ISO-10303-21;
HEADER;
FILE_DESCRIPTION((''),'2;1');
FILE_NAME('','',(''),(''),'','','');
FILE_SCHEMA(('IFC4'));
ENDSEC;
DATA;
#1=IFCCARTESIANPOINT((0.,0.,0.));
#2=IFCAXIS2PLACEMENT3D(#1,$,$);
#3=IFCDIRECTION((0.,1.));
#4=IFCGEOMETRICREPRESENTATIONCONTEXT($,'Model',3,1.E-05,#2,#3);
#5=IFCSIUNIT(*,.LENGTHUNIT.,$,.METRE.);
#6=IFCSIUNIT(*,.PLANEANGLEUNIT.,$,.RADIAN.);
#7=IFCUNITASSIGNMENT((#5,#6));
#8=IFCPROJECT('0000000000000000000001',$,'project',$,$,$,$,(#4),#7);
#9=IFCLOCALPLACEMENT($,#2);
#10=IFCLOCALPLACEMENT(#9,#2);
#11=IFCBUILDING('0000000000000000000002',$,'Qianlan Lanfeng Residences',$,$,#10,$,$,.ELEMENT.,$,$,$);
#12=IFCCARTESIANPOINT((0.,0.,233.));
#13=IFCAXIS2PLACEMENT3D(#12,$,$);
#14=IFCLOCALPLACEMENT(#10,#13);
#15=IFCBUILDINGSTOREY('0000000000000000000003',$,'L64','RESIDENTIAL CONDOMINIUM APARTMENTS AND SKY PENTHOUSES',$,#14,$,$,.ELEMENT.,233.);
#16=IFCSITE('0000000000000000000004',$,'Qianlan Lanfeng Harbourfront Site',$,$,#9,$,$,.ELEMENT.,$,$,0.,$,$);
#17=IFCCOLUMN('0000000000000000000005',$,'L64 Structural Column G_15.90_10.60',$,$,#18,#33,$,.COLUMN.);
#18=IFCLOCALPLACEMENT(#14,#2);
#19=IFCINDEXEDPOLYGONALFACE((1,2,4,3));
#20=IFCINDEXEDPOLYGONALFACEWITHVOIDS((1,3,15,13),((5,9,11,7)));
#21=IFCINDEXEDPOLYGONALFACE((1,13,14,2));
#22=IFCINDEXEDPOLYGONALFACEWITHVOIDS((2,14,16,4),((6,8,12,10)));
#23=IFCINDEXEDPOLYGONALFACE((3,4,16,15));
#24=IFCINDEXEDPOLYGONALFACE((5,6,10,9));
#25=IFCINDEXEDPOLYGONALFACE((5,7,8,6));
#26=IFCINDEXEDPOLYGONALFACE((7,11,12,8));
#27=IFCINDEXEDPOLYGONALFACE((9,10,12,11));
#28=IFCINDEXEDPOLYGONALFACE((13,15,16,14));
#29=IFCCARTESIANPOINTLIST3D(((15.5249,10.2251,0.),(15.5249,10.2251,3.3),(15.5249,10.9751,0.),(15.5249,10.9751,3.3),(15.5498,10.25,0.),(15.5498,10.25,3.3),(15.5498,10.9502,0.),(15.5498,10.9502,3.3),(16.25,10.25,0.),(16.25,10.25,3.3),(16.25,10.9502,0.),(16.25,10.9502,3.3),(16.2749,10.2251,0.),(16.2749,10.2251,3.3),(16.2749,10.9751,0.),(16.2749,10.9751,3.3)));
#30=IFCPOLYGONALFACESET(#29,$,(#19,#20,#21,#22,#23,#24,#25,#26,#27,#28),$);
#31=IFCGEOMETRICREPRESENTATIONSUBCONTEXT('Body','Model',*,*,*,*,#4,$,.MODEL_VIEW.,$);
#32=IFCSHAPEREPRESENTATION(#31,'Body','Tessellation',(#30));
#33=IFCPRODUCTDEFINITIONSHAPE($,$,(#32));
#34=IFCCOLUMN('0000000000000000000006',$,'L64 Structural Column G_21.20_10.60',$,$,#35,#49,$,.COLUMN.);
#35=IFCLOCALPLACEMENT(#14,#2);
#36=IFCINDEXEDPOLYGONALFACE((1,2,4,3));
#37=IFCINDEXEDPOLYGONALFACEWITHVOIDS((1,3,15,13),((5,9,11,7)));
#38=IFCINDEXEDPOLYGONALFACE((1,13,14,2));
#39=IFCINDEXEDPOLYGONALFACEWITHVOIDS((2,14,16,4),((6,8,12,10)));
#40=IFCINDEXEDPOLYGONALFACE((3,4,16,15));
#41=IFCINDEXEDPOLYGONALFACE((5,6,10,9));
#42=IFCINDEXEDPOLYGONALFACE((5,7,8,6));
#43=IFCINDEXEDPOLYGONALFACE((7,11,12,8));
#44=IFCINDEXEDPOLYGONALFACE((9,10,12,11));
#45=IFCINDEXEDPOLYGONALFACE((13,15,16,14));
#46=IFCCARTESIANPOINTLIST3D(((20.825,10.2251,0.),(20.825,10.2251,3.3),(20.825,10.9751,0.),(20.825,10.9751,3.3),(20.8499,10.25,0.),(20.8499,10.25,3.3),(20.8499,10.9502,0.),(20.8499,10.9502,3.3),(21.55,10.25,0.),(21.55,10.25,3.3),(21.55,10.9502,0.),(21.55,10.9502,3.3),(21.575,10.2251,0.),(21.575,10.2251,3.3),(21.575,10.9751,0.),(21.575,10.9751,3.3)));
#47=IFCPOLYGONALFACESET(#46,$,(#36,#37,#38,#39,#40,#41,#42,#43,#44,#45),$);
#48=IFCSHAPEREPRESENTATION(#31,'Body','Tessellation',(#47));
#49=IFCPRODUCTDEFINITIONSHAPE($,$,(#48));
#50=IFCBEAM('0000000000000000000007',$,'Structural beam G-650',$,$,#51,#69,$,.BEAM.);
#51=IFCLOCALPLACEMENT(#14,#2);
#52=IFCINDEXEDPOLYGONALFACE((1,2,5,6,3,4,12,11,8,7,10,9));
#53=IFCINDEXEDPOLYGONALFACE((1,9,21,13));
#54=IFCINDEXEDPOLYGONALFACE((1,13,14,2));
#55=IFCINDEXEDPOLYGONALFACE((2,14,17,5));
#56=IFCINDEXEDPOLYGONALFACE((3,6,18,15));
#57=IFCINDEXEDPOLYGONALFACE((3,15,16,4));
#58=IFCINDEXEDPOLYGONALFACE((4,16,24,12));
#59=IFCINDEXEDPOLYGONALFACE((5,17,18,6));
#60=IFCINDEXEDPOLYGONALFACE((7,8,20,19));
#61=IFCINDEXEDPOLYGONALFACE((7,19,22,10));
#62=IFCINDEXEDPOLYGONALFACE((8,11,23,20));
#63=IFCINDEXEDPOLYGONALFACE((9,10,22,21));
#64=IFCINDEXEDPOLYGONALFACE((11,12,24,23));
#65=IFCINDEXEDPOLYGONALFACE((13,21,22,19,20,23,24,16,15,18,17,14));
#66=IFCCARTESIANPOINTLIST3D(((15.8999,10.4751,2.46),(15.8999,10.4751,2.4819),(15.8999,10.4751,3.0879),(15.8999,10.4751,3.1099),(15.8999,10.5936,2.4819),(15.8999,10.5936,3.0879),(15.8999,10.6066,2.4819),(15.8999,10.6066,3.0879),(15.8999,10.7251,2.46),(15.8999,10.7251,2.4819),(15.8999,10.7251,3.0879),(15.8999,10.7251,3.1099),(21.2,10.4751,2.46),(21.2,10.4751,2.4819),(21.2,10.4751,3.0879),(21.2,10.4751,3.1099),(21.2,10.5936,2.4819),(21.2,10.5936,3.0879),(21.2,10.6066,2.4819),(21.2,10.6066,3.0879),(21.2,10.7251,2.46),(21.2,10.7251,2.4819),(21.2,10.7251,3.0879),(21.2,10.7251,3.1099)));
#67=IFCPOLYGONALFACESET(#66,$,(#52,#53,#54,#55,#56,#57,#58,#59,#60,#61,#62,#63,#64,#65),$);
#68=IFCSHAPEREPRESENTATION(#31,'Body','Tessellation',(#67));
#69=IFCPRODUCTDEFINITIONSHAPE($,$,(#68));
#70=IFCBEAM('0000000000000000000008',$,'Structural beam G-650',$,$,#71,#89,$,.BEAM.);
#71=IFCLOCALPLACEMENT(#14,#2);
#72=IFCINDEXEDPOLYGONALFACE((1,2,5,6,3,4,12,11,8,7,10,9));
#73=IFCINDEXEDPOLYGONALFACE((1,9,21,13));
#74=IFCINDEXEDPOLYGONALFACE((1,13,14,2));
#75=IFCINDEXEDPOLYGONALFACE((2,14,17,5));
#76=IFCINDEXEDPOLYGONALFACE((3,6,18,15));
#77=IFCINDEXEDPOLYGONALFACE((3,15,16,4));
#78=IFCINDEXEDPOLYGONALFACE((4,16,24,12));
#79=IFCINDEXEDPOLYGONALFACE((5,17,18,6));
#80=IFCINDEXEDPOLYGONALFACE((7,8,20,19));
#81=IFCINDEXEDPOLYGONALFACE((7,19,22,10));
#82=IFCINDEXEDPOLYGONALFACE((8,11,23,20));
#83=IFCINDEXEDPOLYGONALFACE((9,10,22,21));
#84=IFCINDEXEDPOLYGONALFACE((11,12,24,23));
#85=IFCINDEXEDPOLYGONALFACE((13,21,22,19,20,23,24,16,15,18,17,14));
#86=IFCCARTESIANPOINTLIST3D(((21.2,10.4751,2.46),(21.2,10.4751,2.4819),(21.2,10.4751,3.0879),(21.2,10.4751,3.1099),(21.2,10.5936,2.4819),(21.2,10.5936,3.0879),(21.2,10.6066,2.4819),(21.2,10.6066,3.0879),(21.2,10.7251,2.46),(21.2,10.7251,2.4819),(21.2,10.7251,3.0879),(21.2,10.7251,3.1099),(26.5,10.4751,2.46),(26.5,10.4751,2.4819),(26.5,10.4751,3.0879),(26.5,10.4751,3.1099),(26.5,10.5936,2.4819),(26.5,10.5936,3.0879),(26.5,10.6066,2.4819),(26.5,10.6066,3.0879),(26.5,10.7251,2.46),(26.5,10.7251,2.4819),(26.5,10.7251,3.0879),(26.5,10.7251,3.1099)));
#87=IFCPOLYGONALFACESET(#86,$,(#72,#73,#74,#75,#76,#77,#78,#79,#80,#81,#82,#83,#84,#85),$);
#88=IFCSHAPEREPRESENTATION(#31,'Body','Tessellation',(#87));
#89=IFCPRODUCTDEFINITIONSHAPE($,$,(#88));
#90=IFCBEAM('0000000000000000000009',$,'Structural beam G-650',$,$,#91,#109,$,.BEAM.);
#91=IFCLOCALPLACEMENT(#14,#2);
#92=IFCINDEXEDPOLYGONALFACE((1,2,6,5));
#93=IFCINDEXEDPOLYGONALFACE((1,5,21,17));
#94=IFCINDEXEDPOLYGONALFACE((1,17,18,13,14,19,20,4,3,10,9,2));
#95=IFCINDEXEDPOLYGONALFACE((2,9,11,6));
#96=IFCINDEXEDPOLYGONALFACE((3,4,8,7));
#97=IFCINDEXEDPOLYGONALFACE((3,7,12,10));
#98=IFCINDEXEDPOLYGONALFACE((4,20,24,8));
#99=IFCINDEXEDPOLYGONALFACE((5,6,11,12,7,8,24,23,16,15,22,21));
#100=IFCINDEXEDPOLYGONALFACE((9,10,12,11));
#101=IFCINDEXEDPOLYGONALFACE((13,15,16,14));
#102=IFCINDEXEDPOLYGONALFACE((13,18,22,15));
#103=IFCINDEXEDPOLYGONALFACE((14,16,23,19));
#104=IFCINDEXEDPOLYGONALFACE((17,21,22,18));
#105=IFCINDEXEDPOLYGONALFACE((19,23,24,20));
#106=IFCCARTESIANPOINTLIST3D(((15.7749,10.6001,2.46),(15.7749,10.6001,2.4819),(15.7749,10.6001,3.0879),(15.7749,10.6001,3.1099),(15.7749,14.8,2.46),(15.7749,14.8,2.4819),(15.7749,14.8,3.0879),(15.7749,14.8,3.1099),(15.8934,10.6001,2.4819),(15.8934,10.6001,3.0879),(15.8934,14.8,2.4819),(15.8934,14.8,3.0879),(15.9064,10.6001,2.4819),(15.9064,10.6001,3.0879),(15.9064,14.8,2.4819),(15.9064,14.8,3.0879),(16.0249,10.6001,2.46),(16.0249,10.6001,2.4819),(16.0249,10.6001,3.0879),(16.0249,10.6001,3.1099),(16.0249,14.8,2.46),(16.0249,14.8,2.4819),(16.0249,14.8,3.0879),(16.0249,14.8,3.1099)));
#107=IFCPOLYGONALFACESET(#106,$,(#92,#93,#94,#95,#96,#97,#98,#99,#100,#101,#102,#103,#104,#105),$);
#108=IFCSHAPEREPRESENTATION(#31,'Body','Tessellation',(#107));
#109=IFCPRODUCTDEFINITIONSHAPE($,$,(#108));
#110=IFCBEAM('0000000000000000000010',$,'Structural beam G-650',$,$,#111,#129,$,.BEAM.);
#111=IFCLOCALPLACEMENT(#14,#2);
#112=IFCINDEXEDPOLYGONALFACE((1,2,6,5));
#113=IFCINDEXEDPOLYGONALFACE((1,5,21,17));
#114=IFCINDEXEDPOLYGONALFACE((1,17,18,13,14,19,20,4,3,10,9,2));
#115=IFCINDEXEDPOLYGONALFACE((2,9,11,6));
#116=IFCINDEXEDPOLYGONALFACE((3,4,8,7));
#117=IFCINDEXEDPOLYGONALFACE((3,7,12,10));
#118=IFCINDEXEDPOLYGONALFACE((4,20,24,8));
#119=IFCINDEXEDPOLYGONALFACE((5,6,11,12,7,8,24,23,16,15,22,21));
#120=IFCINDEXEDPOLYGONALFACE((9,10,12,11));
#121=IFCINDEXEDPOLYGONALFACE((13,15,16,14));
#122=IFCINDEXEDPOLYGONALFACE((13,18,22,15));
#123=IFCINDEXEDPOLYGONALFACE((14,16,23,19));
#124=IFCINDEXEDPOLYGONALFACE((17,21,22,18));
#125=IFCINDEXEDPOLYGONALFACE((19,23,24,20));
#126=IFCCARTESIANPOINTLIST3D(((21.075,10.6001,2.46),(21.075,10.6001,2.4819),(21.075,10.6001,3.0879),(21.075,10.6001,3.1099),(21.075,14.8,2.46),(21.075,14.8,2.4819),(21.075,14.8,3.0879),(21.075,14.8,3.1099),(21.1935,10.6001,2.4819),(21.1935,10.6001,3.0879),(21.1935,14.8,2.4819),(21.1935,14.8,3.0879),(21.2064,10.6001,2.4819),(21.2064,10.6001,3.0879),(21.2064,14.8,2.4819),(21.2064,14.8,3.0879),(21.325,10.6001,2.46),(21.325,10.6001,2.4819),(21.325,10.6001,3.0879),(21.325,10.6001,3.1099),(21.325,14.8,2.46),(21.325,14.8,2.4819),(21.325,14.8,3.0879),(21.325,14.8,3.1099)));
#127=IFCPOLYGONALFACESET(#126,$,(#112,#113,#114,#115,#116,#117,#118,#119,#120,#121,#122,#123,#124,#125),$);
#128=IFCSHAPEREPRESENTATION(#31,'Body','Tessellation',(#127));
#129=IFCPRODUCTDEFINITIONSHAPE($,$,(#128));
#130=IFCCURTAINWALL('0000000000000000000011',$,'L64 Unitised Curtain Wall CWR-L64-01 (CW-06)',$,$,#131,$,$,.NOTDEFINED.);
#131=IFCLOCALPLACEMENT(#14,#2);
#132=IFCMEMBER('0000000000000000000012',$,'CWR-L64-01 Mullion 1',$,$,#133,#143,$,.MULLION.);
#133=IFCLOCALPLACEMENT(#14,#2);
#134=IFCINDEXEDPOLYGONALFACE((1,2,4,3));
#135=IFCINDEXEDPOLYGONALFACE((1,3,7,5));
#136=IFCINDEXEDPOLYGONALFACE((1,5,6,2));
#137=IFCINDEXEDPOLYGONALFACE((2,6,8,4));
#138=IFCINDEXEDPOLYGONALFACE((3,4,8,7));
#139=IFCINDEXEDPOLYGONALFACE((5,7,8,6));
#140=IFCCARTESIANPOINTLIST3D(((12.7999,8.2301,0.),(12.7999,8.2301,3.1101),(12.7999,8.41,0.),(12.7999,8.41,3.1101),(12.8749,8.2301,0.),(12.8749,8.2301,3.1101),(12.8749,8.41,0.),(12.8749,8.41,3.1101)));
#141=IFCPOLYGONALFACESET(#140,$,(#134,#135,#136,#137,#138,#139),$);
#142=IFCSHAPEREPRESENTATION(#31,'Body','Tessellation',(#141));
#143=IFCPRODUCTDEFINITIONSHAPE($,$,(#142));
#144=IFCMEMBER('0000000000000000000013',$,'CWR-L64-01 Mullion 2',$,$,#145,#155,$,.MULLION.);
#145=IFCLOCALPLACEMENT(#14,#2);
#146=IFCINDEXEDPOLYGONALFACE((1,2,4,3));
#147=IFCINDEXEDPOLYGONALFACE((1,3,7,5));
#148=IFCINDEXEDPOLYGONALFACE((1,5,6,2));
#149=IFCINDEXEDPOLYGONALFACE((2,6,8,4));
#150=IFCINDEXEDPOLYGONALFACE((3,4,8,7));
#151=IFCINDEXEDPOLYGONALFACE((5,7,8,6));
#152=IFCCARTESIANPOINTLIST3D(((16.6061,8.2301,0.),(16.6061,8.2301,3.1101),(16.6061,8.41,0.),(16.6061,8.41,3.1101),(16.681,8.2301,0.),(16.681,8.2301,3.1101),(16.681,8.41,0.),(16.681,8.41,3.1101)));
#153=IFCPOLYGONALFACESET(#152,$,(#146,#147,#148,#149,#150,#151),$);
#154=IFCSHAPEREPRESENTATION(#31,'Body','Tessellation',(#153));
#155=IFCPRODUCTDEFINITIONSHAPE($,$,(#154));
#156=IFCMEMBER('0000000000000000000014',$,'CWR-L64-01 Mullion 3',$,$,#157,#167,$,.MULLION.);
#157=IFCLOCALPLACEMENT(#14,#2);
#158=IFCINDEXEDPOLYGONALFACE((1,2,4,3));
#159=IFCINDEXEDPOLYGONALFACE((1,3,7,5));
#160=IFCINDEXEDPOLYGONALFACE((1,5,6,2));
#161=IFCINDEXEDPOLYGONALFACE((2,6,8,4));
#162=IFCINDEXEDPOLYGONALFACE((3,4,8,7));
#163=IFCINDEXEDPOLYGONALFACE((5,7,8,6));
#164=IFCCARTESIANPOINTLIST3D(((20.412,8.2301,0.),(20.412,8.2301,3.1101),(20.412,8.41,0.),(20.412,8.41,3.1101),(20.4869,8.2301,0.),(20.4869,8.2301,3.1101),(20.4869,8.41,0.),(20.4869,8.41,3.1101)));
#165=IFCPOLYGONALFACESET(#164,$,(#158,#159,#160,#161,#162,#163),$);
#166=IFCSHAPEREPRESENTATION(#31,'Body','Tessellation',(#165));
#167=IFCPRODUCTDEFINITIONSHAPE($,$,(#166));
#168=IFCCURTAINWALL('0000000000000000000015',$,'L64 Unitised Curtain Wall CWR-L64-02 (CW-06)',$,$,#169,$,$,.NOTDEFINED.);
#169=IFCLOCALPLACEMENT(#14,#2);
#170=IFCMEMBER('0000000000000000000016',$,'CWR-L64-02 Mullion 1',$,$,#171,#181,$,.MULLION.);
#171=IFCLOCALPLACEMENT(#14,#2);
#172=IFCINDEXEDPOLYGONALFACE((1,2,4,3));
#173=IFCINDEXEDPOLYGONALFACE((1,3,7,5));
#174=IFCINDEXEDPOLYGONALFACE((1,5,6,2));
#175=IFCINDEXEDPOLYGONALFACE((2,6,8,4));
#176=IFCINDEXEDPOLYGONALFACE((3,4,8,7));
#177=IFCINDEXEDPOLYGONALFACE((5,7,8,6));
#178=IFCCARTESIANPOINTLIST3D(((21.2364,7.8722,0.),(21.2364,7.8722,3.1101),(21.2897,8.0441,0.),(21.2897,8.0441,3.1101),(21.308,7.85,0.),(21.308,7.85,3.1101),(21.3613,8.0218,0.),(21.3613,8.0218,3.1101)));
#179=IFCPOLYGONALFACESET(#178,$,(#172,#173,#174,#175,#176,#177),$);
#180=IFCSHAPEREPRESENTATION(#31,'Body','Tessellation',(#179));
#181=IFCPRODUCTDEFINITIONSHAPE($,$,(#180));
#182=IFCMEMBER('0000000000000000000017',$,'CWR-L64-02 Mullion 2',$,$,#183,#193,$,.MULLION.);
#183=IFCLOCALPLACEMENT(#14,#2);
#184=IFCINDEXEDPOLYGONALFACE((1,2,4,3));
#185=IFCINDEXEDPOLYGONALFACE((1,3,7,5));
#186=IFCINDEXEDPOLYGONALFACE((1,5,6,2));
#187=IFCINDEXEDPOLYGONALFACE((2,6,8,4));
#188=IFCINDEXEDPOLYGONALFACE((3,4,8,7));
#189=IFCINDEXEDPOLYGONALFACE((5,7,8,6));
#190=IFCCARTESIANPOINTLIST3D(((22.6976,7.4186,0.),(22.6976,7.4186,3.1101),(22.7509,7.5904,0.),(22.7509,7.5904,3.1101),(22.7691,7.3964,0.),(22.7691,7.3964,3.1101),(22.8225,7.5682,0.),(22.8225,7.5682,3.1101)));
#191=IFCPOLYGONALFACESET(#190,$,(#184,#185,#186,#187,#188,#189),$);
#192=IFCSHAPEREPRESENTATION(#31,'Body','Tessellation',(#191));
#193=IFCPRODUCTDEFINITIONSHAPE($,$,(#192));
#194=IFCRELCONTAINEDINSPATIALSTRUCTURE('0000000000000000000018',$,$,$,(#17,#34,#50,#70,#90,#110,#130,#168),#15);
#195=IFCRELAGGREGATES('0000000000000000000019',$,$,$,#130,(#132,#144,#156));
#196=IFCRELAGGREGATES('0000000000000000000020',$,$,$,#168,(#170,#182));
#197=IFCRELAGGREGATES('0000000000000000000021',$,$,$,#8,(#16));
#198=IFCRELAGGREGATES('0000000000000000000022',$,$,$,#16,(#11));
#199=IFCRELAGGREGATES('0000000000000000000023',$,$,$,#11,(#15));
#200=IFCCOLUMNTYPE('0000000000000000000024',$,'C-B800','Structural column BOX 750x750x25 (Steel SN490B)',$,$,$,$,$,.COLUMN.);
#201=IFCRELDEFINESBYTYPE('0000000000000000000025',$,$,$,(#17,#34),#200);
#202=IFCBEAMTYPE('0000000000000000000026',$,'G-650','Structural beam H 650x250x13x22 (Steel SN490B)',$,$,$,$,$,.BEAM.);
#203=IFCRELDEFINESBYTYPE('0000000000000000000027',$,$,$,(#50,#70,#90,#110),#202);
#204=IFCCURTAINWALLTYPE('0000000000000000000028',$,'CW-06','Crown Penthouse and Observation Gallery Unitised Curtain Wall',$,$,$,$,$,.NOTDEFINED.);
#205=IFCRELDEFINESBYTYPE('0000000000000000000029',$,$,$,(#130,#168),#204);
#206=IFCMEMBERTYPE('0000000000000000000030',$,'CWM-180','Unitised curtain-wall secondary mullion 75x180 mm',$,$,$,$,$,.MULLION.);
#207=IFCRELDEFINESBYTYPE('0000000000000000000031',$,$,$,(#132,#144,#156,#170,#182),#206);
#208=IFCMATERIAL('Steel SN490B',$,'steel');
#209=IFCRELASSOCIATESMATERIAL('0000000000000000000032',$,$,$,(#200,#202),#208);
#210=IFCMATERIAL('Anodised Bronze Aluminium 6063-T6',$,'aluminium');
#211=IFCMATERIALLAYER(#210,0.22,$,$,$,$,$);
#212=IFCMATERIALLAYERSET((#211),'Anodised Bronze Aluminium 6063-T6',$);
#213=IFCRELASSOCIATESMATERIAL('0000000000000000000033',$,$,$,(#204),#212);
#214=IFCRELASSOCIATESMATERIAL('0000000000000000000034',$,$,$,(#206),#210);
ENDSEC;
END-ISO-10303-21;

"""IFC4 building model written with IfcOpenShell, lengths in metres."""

from ifc_helpers import new_model, si_unit, direction, frame, origin, origin_2d, place, context, subcontext, project, spatial, rectangle, hollow_rectangle, i_section, extrude, source, transform, mapped, material, layer, layer_set, material_profile, profile_set, type_object, element, aggregate, save


model = new_model("IFC4")

# Units and contexts
model_context = context("Model", 3, precision=1e-05, world=origin(), true_north=direction((0.0, 1.0)))
body_context = subcontext(model_context, "Body", "Model", "MODEL_VIEW")
ifc_project = project(units=[si_unit("LENGTHUNIT", "METRE"), si_unit("PLANEANGLEUNIT", "RADIAN")], contexts=[model_context])

# Site, building, storey
site_placement = place(None, origin())
site = spatial("IfcSite", under=ifc_project, at=site_placement, Name="Qianlan Lanfeng Harbourfront Site", CompositionType="ELEMENT", RefElevation=0.0)
building_placement = place(site_placement, origin())
building = spatial("IfcBuilding", under=site, at=building_placement, Name="Qianlan Lanfeng Residences", CompositionType="ELEMENT")
storey_placement = place(building_placement, frame((0.0, 0.0, 233.0)))
storey = spatial("IfcBuildingStorey", under=building, at=storey_placement, Name="L64", Description="RESIDENTIAL CONDOMINIUM APARTMENTS AND SKY PENTHOUSES", CompositionType="ELEMENT", Elevation=233.0)

# Columns
ifc_material_1 = material(Name="Steel SN490B", Category="steel")
ifc_material_profile_1 = material_profile(ifc_material_1, hollow_rectangle(XDim=0.75, YDim=0.75, WallThickness=0.0249, at=origin_2d()), Name="BOX 750x750x25")
ifc_profile_set_1 = profile_set([ifc_material_profile_1], Name="Steel SN490B")
column_type = type_object("IfcColumnType", Name="C-B800", Description="Structural column BOX 750x750x25 (Steel SN490B)", PredefinedType="COLUMN", material=ifc_profile_set_1)
for number, where, z_axis, x_axis, name in (
    (1, (15.8999, 10.6001, 0.0), (0.0, 0.0, 1.0), (1.0, 0.0, 0.0), "L64 Structural Column G_15.90_10.60"),
    (2, (21.2, 10.6001, 0.0), (0.0, 0.0, 1.0), (1.0, 0.0, 0.0), "L64 Structural Column G_21.20_10.60"),
):
    element("IfcColumn", number, at=place(storey_placement, frame(where, z_axis=z_axis, x_axis=x_axis)), inside=storey, type_object=column_type, Name=name, PredefinedType="COLUMN", context=body_context, shape_type="SweptSolid", body=[
        extrude(hollow_rectangle(XDim=0.75, YDim=0.75, WallThickness=0.0249, at=origin_2d()), origin(), (0.0, 0.0, 1.0), 3.3),
    ])

# Beams
ifc_material_profile_2 = material_profile(ifc_material_1, i_section(OverallWidth=0.25, OverallDepth=0.6499, WebThickness=0.0129, FlangeThickness=0.022, at=origin_2d()), Name="H 650x250x13x22")
ifc_profile_set_2 = profile_set([ifc_material_profile_2], Name="Steel SN490B")
beam_type = type_object("IfcBeamType", Name="G-650", Description="Structural beam H 650x250x13x22 (Steel SN490B)", PredefinedType="BEAM", material=ifc_profile_set_2)
for number, where, z_axis, x_axis, name in (
    (3, (15.8999, 10.6001, 2.7849), (1.0, 0.0, 0.0), (0.0, 1.0, 0.0), "Structural beam G-650"),
    (4, (21.2, 10.6001, 2.7849), (1.0, 0.0, 0.0), (0.0, 1.0, 0.0), "Structural beam G-650"),
):
    element("IfcBeam", number, at=place(storey_placement, frame(where, z_axis=z_axis, x_axis=x_axis)), inside=storey, type_object=beam_type, Name=name, PredefinedType="BEAM", context=body_context, shape_type="SweptSolid", body=[
        extrude(i_section(OverallWidth=0.25, OverallDepth=0.6499, WebThickness=0.0129, FlangeThickness=0.022, at=origin_2d()), origin(), (0.0, 0.0, 1.0), 5.3),
    ])
for number, where, z_axis, x_axis, name in (
    (5, (15.8999, 10.6001, 2.7849), (0.0, 1.0, 0.0), (-1.0, 0.0, 0.0), "Structural beam G-650"),
    (6, (21.2, 10.6001, 2.7849), (0.0, 1.0, 0.0), (-1.0, 0.0, 0.0), "Structural beam G-650"),
):
    element("IfcBeam", number, at=place(storey_placement, frame(where, z_axis=z_axis, x_axis=x_axis)), inside=storey, type_object=beam_type, Name=name, PredefinedType="BEAM", context=body_context, shape_type="SweptSolid", body=[
        extrude(i_section(OverallWidth=0.25, OverallDepth=0.6499, WebThickness=0.0129, FlangeThickness=0.022, at=origin_2d()), origin(), (0.0, 0.0, 1.0), 4.2),
    ])

# Curtain walls, members
ifc_material_2 = material(Name="Anodised Bronze Aluminium 6063-T6", Category="aluminium")
ifc_layer_1 = layer(ifc_material_2, 0.22)
ifc_layer_set_1 = layer_set([ifc_layer_1], Name="Anodised Bronze Aluminium 6063-T6")
curtain_wall_type = type_object("IfcCurtainWallType", Name="CW-06", Description="Crown Penthouse and Observation Gallery Unitised Curtain Wall", PredefinedType="NOTDEFINED", material=ifc_layer_set_1)
curtain_wall_1_placement = place(storey_placement, origin())
curtain_wall_1 = element("IfcCurtainWall", 7, at=curtain_wall_1_placement, inside=storey, type_object=curtain_wall_type, Name="L64 Unitised Curtain Wall CWR-L64-01 (CW-06)", PredefinedType="NOTDEFINED")
ifc_material_profile_3 = material_profile(ifc_material_2, rectangle(XDim=0.075, YDim=0.1799, at=origin_2d()), Name="ALU MULLION 75x180")
ifc_profile_set_3 = profile_set([ifc_material_profile_3], Name="Anodised Bronze Aluminium 6063-T6")
member_type_1 = type_object("IfcMemberType", Name="CWM-180", Description="Unitised curtain-wall secondary mullion 75x180 mm", PredefinedType="MULLION", material=ifc_profile_set_3)
shared_shape_1 = source(origin(), body_context, "Body", "SweptSolid", [
    extrude(rectangle(XDim=0.075, YDim=0.1799, at=origin_2d()), origin(), (0.0, 0.0, 1.0), 3.1101),
])
member_1_placement = place(storey_placement, frame((12.8374, 8.3201, 0.0), z_axis=(0.0, 0.0, 1.0), x_axis=(1.0, 0.0, 0.0)))
member_1 = element("IfcMember", 8, at=member_1_placement, type_object=member_type_1, Name="CWR-L64-01 Mullion 1", PredefinedType="MULLION", context=body_context, shape_type="MappedRepresentation", body=[
    mapped(shared_shape_1, transform((0.0, 0.0, 0.0), scale=1.0)),
])
member_2_placement = place(storey_placement, frame((16.6436, 8.3201, 0.0), z_axis=(0.0, 0.0, 1.0), x_axis=(1.0, 0.0, 0.0)))
member_2 = element("IfcMember", 9, at=member_2_placement, type_object=member_type_1, Name="CWR-L64-01 Mullion 2", PredefinedType="MULLION", context=body_context, shape_type="MappedRepresentation", body=[
    mapped(shared_shape_1, transform((0.0, 0.0, 0.0), scale=1.0)),
])
member_3_placement = place(storey_placement, frame((20.4495, 8.3201, 0.0), z_axis=(0.0, 0.0, 1.0), x_axis=(1.0, 0.0, 0.0)))
member_3 = element("IfcMember", 10, at=member_3_placement, type_object=member_type_1, Name="CWR-L64-01 Mullion 3", PredefinedType="MULLION", context=body_context, shape_type="MappedRepresentation", body=[
    mapped(shared_shape_1, transform((0.0, 0.0, 0.0), scale=1.0)),
])
curtain_wall_2_placement = place(storey_placement, origin())
curtain_wall_2 = element("IfcCurtainWall", 11, at=curtain_wall_2_placement, inside=storey, type_object=curtain_wall_type, Name="L64 Unitised Curtain Wall CWR-L64-02 (CW-06)", PredefinedType="NOTDEFINED")
member_4_placement = place(storey_placement, frame((21.2988, 7.947, 0.0), z_axis=(0.0, 0.0, 1.0), x_axis=(0.95508, -0.296348, 0.0)))
member_4 = element("IfcMember", 12, at=member_4_placement, type_object=member_type_1, Name="CWR-L64-02 Mullion 1", PredefinedType="MULLION", context=body_context, shape_type="MappedRepresentation", body=[
    mapped(shared_shape_1, transform((0.0, 0.0, 0.0), scale=1.0)),
])
member_5_placement = place(storey_placement, frame((22.76, 7.4934, 0.0), z_axis=(0.0, 0.0, 1.0), x_axis=(0.95508, -0.296348, 0.0)))
member_5 = element("IfcMember", 13, at=member_5_placement, type_object=member_type_1, Name="CWR-L64-02 Mullion 2", PredefinedType="MULLION", context=body_context, shape_type="MappedRepresentation", body=[
    mapped(shared_shape_1, transform((0.0, 0.0, 0.0), scale=1.0)),
])

aggregate(curtain_wall_1, [member_1, member_2, member_3])
aggregate(curtain_wall_2, [member_4, member_5])

save(model, "model.ifc")
